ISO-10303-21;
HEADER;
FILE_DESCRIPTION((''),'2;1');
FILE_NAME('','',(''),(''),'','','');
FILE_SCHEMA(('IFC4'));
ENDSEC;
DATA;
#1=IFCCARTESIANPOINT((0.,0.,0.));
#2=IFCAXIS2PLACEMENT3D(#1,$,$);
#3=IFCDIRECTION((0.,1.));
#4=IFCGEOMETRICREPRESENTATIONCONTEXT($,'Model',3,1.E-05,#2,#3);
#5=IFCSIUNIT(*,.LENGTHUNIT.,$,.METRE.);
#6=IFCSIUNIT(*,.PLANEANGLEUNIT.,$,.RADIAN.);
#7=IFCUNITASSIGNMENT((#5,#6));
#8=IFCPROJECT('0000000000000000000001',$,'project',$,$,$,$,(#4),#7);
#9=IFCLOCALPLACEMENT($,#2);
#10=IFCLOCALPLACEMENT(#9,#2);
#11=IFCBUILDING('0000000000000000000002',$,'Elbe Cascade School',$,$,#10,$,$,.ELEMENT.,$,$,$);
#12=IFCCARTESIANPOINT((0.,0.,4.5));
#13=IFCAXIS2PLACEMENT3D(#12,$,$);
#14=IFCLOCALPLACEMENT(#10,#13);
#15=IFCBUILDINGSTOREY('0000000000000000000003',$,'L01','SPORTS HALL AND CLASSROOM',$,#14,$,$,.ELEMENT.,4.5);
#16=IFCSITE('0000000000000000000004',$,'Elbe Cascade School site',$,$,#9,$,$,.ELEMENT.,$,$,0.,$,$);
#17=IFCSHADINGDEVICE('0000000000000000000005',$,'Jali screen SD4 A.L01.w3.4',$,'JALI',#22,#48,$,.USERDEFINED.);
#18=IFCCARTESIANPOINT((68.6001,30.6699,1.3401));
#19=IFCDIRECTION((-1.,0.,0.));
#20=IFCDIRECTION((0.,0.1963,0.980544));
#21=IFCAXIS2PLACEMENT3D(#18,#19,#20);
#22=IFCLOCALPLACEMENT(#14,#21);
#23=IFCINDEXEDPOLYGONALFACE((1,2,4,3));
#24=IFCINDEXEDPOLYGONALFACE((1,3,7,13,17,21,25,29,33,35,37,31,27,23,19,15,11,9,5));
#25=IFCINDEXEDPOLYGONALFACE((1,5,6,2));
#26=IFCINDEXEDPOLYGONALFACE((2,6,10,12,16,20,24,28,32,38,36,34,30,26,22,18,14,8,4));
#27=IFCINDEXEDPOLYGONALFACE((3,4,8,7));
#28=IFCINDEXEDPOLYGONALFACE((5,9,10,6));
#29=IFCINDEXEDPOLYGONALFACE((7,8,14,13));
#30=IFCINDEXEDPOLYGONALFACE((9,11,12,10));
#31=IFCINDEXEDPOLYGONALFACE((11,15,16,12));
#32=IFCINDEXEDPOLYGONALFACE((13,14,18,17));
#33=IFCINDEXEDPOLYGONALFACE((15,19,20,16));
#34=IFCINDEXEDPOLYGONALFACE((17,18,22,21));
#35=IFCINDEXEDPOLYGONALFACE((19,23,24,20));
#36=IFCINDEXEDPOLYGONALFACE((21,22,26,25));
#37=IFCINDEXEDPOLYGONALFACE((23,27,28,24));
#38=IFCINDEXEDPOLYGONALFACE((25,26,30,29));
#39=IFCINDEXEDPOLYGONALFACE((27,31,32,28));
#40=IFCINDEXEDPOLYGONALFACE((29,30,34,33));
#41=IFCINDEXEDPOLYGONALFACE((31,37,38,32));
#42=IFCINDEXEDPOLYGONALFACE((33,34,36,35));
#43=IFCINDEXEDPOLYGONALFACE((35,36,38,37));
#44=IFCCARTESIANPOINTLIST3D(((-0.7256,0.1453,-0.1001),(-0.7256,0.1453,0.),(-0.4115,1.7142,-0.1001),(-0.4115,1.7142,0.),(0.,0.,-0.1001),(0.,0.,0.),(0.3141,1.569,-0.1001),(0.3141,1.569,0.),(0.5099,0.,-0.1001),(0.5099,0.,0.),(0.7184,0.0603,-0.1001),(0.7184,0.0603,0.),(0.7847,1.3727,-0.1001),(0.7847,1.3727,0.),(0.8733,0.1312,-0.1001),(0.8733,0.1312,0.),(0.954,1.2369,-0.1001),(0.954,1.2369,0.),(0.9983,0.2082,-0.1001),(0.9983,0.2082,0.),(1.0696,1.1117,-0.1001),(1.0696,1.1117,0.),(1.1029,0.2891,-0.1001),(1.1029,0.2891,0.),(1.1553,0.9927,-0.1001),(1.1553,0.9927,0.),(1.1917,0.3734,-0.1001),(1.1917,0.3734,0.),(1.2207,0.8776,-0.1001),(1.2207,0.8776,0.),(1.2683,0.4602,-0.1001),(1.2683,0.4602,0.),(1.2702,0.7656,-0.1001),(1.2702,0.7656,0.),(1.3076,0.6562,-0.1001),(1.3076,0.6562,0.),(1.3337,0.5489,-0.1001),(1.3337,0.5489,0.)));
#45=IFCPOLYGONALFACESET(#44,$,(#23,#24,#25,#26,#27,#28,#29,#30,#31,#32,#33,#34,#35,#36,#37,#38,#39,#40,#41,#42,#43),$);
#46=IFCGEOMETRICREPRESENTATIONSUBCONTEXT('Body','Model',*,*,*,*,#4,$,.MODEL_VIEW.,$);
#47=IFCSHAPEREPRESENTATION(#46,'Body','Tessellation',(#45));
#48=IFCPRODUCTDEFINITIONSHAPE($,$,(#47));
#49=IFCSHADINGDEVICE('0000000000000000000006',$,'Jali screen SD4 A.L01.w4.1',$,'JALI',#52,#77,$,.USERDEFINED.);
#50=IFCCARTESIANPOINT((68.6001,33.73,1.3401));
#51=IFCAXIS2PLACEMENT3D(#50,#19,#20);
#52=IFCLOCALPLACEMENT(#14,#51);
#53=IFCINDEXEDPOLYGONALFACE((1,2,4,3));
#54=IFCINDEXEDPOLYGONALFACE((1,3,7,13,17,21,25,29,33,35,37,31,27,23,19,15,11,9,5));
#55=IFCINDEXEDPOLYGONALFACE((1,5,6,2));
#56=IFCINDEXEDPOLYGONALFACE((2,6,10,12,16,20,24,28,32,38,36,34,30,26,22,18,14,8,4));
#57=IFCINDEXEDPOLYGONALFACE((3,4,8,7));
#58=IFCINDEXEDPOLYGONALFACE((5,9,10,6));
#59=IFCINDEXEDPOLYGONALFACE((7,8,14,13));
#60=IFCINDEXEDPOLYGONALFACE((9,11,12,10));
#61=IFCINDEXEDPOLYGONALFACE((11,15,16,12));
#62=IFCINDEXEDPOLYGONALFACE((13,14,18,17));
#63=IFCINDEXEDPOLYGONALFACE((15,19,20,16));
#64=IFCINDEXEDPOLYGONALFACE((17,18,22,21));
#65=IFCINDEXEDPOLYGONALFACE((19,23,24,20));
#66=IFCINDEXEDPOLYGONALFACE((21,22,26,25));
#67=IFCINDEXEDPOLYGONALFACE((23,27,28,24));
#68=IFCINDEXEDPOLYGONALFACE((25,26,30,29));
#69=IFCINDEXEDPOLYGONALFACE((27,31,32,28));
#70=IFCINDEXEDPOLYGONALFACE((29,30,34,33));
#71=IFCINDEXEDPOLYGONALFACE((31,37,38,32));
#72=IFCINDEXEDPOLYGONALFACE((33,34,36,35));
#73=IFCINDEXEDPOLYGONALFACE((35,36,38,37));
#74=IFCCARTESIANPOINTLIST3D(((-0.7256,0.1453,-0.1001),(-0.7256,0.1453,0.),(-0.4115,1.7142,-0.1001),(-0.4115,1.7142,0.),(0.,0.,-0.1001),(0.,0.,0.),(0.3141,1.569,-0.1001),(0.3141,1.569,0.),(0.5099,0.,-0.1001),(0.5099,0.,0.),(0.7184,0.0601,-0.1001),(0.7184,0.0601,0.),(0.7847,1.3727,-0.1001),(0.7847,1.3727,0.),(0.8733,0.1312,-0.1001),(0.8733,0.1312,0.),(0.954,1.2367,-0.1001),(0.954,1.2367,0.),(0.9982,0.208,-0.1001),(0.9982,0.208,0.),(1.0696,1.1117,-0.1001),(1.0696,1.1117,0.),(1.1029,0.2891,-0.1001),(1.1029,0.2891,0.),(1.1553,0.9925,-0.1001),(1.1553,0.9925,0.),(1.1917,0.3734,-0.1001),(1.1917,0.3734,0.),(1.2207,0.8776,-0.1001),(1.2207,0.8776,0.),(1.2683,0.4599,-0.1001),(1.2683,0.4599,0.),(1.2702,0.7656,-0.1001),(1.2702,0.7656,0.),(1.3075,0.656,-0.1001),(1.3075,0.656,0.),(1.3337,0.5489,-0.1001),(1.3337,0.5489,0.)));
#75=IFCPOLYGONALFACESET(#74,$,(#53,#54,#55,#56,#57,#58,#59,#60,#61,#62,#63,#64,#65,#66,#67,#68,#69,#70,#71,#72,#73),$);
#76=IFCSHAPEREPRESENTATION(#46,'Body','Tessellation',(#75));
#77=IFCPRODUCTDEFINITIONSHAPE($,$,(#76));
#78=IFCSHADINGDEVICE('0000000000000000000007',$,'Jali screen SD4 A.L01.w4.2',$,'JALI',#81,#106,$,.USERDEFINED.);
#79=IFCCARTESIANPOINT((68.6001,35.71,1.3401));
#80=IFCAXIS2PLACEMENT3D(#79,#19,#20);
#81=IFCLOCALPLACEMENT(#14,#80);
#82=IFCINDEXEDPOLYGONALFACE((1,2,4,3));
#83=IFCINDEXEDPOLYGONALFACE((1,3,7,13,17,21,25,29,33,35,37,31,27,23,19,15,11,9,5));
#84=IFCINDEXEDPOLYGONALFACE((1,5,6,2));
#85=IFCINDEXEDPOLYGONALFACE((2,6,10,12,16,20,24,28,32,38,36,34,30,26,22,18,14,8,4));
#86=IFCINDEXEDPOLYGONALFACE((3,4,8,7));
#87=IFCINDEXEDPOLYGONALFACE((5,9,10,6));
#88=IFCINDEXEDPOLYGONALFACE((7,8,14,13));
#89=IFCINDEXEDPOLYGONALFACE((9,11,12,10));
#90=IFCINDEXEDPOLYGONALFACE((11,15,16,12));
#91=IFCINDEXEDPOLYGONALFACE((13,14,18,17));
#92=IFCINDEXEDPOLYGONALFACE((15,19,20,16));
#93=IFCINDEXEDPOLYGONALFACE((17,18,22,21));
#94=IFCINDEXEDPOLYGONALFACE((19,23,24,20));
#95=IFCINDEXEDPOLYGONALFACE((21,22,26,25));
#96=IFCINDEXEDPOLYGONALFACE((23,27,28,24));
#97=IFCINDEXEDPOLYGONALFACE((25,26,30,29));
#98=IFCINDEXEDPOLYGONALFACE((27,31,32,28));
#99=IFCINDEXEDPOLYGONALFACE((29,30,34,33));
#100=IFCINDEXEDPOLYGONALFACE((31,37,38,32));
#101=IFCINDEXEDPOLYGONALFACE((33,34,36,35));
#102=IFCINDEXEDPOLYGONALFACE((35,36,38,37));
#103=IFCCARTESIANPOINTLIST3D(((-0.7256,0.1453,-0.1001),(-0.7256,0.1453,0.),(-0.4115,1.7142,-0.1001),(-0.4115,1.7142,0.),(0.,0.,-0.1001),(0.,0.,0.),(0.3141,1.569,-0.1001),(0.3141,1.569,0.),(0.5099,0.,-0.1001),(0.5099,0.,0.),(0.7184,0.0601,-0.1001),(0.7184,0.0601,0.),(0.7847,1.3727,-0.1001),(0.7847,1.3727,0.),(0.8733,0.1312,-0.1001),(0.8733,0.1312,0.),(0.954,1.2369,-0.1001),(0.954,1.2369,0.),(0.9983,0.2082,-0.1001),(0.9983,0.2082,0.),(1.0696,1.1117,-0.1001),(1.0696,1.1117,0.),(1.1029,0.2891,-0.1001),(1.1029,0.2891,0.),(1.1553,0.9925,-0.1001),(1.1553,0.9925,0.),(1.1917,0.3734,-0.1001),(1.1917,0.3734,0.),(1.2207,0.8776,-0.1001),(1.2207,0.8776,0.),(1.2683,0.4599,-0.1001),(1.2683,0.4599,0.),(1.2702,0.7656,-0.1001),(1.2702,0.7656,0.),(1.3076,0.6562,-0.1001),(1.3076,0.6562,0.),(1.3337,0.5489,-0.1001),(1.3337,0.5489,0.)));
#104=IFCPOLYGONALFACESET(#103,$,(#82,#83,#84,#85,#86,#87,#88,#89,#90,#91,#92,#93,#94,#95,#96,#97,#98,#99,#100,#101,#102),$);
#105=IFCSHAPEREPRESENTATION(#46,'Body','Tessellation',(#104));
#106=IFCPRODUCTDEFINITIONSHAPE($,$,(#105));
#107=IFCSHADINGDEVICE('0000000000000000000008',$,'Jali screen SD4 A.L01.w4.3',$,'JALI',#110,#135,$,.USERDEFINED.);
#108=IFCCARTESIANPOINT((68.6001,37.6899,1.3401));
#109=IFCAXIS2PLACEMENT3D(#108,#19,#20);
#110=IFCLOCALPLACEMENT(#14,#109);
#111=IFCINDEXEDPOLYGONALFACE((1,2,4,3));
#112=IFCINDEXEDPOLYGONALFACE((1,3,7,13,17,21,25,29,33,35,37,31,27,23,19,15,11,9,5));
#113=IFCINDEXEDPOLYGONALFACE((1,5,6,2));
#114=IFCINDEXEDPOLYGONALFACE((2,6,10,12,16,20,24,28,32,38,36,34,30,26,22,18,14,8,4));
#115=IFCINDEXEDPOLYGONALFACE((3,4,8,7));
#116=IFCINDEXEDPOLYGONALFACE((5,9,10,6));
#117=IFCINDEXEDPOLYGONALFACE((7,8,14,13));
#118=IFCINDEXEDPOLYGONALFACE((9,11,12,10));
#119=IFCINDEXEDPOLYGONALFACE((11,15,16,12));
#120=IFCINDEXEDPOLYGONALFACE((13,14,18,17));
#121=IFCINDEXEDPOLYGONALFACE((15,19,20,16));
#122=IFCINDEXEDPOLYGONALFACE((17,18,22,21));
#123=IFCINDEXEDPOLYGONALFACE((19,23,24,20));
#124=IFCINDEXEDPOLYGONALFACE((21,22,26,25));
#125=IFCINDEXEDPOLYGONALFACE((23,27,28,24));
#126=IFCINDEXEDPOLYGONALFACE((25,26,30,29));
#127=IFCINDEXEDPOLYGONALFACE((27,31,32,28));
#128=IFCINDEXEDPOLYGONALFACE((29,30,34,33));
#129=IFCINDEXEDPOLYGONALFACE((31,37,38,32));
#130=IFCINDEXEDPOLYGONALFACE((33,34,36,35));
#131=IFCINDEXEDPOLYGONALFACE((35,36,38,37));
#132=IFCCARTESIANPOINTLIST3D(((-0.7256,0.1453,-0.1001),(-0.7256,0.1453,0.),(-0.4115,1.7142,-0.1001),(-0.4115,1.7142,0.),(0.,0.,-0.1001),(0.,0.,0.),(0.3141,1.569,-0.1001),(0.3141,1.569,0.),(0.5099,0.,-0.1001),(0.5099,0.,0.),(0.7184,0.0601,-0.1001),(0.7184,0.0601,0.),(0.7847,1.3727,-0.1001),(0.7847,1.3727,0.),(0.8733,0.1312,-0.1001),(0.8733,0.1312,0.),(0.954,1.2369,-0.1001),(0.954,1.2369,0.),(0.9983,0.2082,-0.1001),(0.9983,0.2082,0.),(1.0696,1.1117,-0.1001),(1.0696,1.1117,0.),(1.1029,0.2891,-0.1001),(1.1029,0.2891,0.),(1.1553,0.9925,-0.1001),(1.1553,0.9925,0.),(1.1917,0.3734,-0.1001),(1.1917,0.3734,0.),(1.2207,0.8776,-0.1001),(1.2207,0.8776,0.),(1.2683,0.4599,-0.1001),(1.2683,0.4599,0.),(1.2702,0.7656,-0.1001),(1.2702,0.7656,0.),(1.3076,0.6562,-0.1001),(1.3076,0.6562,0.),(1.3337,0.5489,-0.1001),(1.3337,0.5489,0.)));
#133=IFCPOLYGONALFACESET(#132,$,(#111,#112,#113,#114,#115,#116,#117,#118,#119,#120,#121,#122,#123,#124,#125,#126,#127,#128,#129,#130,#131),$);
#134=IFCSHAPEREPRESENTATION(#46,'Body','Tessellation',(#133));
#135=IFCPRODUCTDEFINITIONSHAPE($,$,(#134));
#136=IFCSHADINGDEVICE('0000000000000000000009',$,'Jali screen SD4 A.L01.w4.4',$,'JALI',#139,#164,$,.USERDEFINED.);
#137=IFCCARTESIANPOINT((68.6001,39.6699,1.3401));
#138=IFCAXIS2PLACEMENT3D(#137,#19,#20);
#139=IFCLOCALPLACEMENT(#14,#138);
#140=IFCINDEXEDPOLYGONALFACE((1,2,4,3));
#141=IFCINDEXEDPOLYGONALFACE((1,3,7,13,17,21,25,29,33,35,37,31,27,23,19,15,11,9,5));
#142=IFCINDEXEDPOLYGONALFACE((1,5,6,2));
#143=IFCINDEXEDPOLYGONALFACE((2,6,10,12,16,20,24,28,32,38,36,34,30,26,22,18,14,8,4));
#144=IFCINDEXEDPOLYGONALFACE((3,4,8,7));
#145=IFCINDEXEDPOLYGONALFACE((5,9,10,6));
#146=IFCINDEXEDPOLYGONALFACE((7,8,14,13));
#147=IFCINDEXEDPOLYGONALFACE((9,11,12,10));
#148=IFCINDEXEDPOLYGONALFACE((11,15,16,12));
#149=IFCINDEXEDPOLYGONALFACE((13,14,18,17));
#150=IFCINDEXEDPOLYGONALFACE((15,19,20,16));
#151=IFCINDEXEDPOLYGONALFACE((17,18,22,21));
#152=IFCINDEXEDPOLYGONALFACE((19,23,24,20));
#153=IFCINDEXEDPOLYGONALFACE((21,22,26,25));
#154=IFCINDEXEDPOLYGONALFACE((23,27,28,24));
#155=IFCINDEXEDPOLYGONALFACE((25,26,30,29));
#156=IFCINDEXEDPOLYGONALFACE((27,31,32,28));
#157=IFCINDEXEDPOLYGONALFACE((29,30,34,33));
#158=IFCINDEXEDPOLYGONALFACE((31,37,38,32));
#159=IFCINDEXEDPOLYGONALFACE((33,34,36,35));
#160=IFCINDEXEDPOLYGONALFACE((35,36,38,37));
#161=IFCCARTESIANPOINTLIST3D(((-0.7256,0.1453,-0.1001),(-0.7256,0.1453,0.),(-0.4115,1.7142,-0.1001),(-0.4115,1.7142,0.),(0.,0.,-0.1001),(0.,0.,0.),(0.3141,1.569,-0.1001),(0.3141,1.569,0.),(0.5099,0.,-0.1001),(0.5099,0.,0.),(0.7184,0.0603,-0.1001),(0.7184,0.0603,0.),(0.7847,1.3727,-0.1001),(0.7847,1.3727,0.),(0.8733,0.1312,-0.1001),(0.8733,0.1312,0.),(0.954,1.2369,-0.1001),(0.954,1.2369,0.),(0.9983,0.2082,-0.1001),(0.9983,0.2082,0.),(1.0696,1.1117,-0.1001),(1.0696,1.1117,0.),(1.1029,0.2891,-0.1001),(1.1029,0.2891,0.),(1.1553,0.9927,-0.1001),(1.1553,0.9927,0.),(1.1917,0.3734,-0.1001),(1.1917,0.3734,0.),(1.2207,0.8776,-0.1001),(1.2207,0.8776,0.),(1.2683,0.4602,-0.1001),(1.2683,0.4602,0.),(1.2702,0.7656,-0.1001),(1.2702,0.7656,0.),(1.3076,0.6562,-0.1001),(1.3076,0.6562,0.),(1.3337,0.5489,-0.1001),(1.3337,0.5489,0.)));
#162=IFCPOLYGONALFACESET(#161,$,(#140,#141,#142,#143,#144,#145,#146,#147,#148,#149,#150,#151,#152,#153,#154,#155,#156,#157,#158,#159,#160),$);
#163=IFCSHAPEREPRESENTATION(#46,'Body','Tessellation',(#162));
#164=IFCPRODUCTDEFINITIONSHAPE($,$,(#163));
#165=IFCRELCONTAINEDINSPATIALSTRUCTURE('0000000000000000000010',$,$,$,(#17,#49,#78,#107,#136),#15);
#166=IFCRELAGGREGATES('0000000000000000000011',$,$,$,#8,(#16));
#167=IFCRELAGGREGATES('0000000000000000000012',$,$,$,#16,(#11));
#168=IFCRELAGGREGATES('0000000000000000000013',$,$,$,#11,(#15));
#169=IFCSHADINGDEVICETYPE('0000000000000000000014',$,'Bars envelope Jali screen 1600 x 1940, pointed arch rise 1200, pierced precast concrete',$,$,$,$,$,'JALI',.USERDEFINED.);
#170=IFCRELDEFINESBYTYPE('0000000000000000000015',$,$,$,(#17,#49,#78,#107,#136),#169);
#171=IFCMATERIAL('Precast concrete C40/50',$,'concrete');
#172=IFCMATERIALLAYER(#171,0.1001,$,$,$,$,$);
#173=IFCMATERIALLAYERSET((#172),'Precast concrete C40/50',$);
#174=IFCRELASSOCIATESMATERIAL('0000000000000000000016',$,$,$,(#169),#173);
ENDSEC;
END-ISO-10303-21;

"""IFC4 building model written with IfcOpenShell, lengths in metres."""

from ifc_helpers import new_model, si_unit, direction, frame, origin, place, context, subcontext, project, spatial, polyline, outline, extrude, material, layer, layer_set, type_object, element, save


model = new_model("IFC4")

# Units and contexts
model_context = context("Model", 3, precision=1e-05, world=origin(), true_north=direction((0.0, 1.0)))
body_context = subcontext(model_context, "Body", "Model", "MODEL_VIEW")
ifc_project = project(units=[si_unit("LENGTHUNIT", "METRE"), si_unit("PLANEANGLEUNIT", "RADIAN")], contexts=[model_context])

# Site, building, storey
site_placement = place(None, origin())
site = spatial("IfcSite", under=ifc_project, at=site_placement, Name="Elbe Cascade School site", CompositionType="ELEMENT", RefElevation=0.0)
building_placement = place(site_placement, origin())
building = spatial("IfcBuilding", under=site, at=building_placement, Name="Elbe Cascade School", CompositionType="ELEMENT")
storey_placement = place(building_placement, frame((0.0, 0.0, 4.5)))
storey = spatial("IfcBuildingStorey", under=building, at=storey_placement, Name="L01", Description="SPORTS HALL AND CLASSROOM", CompositionType="ELEMENT", Elevation=4.5)

# Shading devices
ifc_material_1 = material(Name="Precast concrete C40/50", Category="concrete")
ifc_layer_1 = layer(ifc_material_1, 0.1001)
ifc_layer_set_1 = layer_set([ifc_layer_1], Name="Precast concrete C40/50")
shading_device_type_1 = type_object("IfcShadingDeviceType", Name="Bars envelope Jali screen 1600 x 1940, pointed arch rise 1200, pierced precast concrete", ElementType="JALI", PredefinedType="USERDEFINED", material=ifc_layer_set_1)
shading_device_1_placement = place(storey_placement, frame((68.6001, 30.6699, 1.3401), z_axis=(-1.0, 0.0, 0.0), x_axis=(0.0, 0.1963, 0.980544)))
element("IfcShadingDevice", 1, at=shading_device_1_placement, inside=storey, type_object=shading_device_type_1, Name="Jali screen SD4 A.L01.w3.4", ObjectType="JALI", PredefinedType="USERDEFINED", context=body_context, shape_type="SweptSolid", body=[
    extrude(outline(polyline([(0.0, 0.0), (0.5099, 0.0), (0.7184, 0.0603), (0.8733, 0.1312), (0.9983, 0.2082), (1.1029, 0.2891), (1.1917, 0.3734), (1.2683, 0.4602), (1.3337, 0.5489), (1.3076, 0.6562), (1.2702, 0.7656), (1.2207, 0.8776), (1.1553, 0.9927), (1.0696, 1.1117), (0.954, 1.2369), (0.7847, 1.3727), (0.3141, 1.569), (-0.4115, 1.7142), (-0.7256, 0.1453), (0.0, 0.0)])), origin(), (0.0, 0.0, -1.0), 0.1001),
])
shading_device_2_placement = place(storey_placement, frame((68.6001, 33.73, 1.3401), z_axis=(-1.0, 0.0, 0.0), x_axis=(0.0, 0.1963, 0.980544)))
element("IfcShadingDevice", 2, at=shading_device_2_placement, inside=storey, type_object=shading_device_type_1, Name="Jali screen SD4 A.L01.w4.1", ObjectType="JALI", PredefinedType="USERDEFINED", context=body_context, shape_type="SweptSolid", body=[
    extrude(outline(polyline([(0.0, 0.0), (0.5099, 0.0), (0.7184, 0.0601), (0.8733, 0.1312), (0.9982, 0.208), (1.1029, 0.2891), (1.1917, 0.3734), (1.2683, 0.4599), (1.3337, 0.5489), (1.3075, 0.656), (1.2702, 0.7656), (1.2207, 0.8776), (1.1553, 0.9925), (1.0696, 1.1117), (0.954, 1.2367), (0.7847, 1.3727), (0.3141, 1.569), (-0.4115, 1.7142), (-0.7256, 0.1453), (0.0, 0.0)])), origin(), (0.0, 0.0, -1.0), 0.1001),
])
for number, where, z_axis, x_axis, name in (
    (3, (68.6001, 35.71, 1.3401), (-1.0, 0.0, 0.0), (0.0, 0.1963, 0.980544), "Jali screen SD4 A.L01.w4.2"),
    (4, (68.6001, 37.6899, 1.3401), (-1.0, 0.0, 0.0), (0.0, 0.1963, 0.980544), "Jali screen SD4 A.L01.w4.3"),
):
    element("IfcShadingDevice", number, at=place(storey_placement, frame(where, z_axis=z_axis, x_axis=x_axis)), inside=storey, type_object=shading_device_type_1, Name=name, ObjectType="JALI", PredefinedType="USERDEFINED", context=body_context, shape_type="SweptSolid", body=[
        extrude(outline(polyline([(0.0, 0.0), (0.5099, 0.0), (0.7184, 0.0601), (0.8733, 0.1312), (0.9983, 0.2082), (1.1029, 0.2891), (1.1917, 0.3734), (1.2683, 0.4599), (1.3337, 0.5489), (1.3076, 0.6562), (1.2702, 0.7656), (1.2207, 0.8776), (1.1553, 0.9925), (1.0696, 1.1117), (0.954, 1.2369), (0.7847, 1.3727), (0.3141, 1.569), (-0.4115, 1.7142), (-0.7256, 0.1453), (0.0, 0.0)])), origin(), (0.0, 0.0, -1.0), 0.1001),
    ])
shading_device_3_placement = place(storey_placement, frame((68.6001, 39.6699, 1.3401), z_axis=(-1.0, 0.0, 0.0), x_axis=(0.0, 0.1963, 0.980544)))
element("IfcShadingDevice", 5, at=shading_device_3_placement, inside=storey, type_object=shading_device_type_1, Name="Jali screen SD4 A.L01.w4.4", ObjectType="JALI", PredefinedType="USERDEFINED", context=body_context, shape_type="SweptSolid", body=[
    extrude(outline(polyline([(0.0, 0.0), (0.5099, 0.0), (0.7184, 0.0603), (0.8733, 0.1312), (0.9983, 0.2082), (1.1029, 0.2891), (1.1917, 0.3734), (1.2683, 0.4602), (1.3337, 0.5489), (1.3076, 0.6562), (1.2702, 0.7656), (1.2207, 0.8776), (1.1553, 0.9927), (1.0696, 1.1117), (0.954, 1.2369), (0.7847, 1.3727), (0.3141, 1.569), (-0.4115, 1.7142), (-0.7256, 0.1453), (0.0, 0.0)])), origin(), (0.0, 0.0, -1.0), 0.1001),
])

save(model, "model.ifc")
